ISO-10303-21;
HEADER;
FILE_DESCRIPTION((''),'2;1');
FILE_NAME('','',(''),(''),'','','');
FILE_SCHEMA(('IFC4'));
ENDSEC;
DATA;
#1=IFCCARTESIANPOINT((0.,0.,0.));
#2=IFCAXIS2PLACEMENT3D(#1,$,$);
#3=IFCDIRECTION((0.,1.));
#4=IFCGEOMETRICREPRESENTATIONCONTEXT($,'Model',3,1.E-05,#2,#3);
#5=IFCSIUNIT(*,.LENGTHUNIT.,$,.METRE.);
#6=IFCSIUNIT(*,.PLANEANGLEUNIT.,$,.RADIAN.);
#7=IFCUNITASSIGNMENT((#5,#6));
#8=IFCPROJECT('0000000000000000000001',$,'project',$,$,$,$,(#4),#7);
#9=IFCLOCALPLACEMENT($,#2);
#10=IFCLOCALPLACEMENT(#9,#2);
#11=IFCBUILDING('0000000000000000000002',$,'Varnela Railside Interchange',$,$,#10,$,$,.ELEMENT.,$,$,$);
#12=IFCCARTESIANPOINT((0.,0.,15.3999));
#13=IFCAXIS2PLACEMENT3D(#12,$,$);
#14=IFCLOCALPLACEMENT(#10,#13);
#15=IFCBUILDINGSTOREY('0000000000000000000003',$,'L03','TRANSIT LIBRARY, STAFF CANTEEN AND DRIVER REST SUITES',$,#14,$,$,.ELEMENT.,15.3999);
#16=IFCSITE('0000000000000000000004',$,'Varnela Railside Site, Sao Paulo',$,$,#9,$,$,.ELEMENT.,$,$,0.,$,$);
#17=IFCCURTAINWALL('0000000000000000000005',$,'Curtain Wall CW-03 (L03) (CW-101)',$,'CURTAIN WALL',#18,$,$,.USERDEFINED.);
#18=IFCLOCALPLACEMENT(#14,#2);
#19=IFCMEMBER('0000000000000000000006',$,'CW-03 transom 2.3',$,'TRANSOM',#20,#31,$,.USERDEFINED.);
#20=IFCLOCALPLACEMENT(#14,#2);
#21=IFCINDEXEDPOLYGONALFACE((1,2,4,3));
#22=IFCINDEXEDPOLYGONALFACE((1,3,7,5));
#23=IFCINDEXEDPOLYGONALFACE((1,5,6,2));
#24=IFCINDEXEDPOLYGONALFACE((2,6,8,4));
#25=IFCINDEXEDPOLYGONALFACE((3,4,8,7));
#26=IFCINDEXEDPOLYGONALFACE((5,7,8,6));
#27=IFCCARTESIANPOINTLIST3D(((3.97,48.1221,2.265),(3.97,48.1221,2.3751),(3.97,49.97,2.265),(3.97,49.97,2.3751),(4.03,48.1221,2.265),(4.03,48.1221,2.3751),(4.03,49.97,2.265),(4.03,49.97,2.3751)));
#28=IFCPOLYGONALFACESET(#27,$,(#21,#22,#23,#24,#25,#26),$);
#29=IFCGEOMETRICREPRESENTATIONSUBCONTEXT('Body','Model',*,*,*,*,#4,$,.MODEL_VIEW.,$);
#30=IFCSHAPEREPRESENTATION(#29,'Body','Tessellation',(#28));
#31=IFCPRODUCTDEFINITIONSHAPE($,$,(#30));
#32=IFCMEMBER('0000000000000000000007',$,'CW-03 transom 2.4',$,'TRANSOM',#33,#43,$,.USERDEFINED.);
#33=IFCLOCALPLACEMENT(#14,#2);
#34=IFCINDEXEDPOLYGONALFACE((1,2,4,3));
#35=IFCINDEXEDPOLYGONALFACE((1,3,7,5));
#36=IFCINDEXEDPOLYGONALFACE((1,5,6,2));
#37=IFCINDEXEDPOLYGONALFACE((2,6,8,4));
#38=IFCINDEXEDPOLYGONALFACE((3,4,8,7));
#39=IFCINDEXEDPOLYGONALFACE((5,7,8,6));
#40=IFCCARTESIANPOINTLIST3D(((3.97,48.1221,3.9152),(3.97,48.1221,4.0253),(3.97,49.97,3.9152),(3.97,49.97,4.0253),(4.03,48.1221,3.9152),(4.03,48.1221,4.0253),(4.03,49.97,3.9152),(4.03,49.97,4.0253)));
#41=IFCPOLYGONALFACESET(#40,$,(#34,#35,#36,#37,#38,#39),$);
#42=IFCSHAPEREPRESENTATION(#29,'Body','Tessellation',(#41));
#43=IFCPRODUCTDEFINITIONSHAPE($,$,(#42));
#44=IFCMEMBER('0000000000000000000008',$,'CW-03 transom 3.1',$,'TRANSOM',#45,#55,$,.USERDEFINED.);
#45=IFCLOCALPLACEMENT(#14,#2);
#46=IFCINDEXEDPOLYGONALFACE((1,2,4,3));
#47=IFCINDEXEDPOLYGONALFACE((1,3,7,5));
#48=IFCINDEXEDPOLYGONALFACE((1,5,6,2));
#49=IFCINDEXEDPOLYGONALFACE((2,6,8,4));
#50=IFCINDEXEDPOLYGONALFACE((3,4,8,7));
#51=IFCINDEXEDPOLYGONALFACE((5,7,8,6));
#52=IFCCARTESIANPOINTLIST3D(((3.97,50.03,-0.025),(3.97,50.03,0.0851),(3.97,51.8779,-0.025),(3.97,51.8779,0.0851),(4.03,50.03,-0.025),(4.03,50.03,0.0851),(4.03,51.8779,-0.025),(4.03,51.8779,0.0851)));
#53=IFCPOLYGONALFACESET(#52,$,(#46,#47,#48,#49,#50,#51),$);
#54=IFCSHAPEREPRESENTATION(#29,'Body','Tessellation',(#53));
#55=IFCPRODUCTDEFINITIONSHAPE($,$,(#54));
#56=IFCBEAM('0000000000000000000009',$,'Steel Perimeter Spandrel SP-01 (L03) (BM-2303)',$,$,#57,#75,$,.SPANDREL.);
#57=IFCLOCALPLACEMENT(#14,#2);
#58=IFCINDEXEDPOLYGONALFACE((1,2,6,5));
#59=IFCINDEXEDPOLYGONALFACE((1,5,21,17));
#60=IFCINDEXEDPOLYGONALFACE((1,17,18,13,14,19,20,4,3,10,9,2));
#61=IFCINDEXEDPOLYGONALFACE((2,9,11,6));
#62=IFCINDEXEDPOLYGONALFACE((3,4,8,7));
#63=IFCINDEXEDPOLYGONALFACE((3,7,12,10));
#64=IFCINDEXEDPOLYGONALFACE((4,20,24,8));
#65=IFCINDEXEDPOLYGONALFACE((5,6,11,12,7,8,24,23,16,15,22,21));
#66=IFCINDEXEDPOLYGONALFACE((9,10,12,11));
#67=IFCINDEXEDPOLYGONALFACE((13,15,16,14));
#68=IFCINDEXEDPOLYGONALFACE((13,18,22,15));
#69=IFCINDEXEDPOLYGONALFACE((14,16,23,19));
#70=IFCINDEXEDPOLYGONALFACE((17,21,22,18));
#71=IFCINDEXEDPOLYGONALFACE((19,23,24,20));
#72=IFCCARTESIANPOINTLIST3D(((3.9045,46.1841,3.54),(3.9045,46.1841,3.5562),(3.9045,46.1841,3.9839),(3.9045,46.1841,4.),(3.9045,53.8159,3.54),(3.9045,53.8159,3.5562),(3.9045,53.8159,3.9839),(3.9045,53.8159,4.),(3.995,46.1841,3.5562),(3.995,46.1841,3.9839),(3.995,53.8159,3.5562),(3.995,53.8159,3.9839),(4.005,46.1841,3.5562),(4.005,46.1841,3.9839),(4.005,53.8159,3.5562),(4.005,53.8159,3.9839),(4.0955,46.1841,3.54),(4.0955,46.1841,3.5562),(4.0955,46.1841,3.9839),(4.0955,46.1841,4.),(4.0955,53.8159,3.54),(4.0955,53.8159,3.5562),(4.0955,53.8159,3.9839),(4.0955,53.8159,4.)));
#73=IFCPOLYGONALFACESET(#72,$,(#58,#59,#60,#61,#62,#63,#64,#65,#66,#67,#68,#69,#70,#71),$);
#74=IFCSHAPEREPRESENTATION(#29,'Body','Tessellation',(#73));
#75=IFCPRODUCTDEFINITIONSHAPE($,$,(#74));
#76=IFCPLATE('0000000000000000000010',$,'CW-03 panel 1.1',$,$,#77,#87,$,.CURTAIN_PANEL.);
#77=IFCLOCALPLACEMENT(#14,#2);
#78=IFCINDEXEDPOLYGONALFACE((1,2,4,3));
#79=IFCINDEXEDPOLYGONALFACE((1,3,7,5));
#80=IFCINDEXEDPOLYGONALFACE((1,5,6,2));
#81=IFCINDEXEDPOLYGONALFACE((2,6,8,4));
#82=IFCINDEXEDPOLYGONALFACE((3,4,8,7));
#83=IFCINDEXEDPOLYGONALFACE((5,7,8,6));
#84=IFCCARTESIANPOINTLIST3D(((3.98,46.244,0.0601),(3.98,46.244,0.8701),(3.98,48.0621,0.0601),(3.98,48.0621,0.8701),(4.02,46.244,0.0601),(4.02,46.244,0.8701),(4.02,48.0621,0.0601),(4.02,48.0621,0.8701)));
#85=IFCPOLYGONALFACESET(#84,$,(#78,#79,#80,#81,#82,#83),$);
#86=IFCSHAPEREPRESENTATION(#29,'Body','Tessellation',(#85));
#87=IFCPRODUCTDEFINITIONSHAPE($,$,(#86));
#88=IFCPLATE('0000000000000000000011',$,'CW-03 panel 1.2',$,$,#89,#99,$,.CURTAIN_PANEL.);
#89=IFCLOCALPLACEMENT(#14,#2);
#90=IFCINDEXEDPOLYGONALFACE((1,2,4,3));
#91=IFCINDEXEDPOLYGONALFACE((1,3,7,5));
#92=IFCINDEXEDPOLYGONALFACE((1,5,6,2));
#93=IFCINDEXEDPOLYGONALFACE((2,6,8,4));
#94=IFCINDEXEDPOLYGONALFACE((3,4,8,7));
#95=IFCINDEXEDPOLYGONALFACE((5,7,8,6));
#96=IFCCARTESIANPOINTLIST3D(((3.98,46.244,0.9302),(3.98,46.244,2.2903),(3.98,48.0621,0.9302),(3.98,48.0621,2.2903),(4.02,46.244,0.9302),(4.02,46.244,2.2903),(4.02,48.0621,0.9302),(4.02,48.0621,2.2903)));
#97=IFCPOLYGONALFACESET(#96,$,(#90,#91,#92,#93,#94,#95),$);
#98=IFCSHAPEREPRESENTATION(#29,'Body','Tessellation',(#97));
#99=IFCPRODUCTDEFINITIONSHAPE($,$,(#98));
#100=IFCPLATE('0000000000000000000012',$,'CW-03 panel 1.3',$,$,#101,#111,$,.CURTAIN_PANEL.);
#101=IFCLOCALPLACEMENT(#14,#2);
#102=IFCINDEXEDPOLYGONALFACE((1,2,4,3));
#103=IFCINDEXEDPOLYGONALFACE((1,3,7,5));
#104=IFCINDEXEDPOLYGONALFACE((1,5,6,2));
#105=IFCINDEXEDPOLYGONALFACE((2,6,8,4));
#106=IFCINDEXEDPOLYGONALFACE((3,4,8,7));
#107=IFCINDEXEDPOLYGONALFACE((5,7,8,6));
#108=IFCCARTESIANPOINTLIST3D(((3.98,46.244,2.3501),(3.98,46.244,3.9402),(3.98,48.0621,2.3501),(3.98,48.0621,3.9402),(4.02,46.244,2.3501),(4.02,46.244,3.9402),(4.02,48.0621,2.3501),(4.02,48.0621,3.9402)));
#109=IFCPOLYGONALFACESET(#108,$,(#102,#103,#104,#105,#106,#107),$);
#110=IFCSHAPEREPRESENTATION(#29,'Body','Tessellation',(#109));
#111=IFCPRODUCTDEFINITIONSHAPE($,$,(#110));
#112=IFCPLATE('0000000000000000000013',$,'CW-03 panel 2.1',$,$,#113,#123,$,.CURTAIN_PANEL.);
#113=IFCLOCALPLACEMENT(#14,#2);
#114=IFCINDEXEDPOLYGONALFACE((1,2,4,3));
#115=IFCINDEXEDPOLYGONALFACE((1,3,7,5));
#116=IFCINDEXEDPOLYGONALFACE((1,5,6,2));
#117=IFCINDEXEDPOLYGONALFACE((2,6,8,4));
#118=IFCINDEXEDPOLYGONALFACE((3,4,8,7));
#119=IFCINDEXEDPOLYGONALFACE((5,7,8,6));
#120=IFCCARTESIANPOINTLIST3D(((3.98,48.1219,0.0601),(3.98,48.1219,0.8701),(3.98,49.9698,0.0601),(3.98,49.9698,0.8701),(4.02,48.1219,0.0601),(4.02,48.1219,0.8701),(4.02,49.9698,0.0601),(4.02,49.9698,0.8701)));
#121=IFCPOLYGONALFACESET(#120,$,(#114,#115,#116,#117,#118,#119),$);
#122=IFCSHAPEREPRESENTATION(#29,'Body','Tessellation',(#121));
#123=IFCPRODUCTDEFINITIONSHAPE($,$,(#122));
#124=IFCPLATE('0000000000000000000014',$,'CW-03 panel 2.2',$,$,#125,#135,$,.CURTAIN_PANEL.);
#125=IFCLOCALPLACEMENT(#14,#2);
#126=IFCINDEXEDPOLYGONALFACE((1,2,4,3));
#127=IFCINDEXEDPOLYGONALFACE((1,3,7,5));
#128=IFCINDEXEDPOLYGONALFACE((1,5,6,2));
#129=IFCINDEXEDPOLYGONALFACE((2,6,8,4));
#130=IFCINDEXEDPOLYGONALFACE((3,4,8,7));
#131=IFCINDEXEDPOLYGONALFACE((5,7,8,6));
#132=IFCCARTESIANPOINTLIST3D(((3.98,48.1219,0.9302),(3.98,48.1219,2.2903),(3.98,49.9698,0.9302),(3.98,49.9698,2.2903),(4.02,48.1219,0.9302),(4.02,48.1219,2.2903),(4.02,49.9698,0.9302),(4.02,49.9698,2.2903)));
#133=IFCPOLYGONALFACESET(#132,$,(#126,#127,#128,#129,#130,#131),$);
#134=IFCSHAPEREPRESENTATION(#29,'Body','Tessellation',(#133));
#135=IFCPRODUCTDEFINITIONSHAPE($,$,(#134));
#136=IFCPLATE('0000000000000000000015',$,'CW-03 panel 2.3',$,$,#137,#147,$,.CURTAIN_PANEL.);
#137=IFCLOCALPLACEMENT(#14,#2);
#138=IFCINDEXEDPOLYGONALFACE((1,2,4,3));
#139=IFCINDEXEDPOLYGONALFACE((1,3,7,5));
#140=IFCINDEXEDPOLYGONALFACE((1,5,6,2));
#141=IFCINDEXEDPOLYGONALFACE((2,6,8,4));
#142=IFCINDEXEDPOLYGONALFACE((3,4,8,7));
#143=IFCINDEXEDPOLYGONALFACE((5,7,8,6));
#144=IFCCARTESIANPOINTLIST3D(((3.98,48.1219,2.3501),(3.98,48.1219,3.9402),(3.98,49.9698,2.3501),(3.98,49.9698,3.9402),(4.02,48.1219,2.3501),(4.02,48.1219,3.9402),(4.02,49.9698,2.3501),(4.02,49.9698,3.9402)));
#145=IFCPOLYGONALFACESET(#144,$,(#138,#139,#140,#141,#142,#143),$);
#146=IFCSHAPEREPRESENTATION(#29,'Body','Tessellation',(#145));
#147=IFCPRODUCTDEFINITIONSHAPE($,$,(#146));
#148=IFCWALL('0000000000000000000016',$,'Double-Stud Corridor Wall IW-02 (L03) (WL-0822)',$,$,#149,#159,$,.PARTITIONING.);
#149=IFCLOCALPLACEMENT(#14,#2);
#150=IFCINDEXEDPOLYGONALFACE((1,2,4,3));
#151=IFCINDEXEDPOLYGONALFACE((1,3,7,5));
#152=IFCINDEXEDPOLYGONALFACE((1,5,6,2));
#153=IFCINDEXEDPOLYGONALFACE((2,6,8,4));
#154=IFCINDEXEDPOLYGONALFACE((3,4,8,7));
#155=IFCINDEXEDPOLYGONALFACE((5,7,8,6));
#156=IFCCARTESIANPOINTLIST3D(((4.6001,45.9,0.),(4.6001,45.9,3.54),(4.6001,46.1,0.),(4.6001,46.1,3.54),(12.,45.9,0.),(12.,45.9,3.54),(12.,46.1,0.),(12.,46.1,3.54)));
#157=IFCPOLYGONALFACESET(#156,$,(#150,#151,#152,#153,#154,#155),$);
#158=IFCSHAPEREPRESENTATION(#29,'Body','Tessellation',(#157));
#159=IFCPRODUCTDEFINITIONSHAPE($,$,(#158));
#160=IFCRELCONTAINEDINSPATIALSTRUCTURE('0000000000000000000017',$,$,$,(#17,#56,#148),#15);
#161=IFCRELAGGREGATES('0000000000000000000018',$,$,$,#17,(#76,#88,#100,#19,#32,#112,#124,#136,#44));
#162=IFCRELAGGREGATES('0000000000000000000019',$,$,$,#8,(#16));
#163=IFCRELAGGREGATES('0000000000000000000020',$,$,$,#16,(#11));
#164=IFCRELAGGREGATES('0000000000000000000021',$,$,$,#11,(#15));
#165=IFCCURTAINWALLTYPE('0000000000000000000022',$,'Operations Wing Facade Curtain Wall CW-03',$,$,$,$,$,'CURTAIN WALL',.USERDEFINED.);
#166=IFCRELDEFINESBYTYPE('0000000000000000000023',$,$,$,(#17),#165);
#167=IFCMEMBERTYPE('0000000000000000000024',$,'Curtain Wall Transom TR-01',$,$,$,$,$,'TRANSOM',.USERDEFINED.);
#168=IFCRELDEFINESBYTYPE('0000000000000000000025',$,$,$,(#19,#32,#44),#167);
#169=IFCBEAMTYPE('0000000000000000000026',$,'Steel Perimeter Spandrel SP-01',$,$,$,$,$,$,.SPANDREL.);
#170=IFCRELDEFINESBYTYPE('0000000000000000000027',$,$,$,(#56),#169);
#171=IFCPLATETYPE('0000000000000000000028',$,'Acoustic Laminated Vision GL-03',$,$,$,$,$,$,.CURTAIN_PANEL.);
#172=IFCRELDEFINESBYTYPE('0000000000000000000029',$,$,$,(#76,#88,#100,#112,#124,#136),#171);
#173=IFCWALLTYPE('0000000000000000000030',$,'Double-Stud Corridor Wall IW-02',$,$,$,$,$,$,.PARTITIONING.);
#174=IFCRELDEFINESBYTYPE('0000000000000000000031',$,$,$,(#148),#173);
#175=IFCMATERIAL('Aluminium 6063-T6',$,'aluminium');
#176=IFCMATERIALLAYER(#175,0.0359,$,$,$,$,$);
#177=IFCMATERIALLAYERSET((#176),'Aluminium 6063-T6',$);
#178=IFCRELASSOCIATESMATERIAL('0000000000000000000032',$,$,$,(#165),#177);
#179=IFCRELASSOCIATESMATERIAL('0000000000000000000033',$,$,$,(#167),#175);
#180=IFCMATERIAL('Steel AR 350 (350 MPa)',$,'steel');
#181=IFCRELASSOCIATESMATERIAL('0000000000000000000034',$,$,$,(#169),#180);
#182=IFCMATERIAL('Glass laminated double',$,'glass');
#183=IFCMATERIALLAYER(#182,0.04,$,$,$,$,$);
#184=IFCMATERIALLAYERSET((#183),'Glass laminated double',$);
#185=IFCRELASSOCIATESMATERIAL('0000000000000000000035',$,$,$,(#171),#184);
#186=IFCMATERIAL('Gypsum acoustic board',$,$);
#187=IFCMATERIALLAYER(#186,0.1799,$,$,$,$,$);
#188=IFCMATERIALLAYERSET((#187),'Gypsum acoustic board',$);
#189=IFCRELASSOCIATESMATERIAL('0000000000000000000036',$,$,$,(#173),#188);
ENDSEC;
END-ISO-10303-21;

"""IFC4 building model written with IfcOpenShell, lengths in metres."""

from ifc_helpers import new_model, si_unit, direction, frame, frame_2d, origin, origin_2d, place, context, subcontext, project, spatial, rectangle, i_section, extrude, material, layer, layer_set, material_profile, profile_set, type_object, element, aggregate, save


model = new_model("IFC4")

# Units and contexts
model_context = context("Model", 3, precision=1e-05, world=origin(), true_north=direction((0.0, 1.0)))
body_context = subcontext(model_context, "Body", "Model", "MODEL_VIEW")
ifc_project = project(units=[si_unit("LENGTHUNIT", "METRE"), si_unit("PLANEANGLEUNIT", "RADIAN")], contexts=[model_context])

# Site, building, storey
site_placement = place(None, origin())
site = spatial("IfcSite", under=ifc_project, at=site_placement, Name="Varnela Railside Site, Sao Paulo", CompositionType="ELEMENT", RefElevation=0.0)
building_placement = place(site_placement, origin())
building = spatial("IfcBuilding", under=site, at=building_placement, Name="Varnela Railside Interchange", CompositionType="ELEMENT")
storey_placement = place(building_placement, frame((0.0, 0.0, 15.3999)))
storey = spatial("IfcBuildingStorey", under=building, at=storey_placement, Name="L03", Description="TRANSIT LIBRARY, STAFF CANTEEN AND DRIVER REST SUITES", CompositionType="ELEMENT", Elevation=15.3999)

# Shared definitions
ifc_material_1 = material(Name="Steel AR 350 (350 MPa)", Category="steel")

# Curtain wall, members
ifc_material_2 = material(Name="Aluminium 6063-T6", Category="aluminium")
ifc_layer_1 = layer(ifc_material_2, 0.0359)
ifc_layer_set_1 = layer_set([ifc_layer_1], Name="Aluminium 6063-T6")
curtain_wall_type = type_object("IfcCurtainWallType", Name="Operations Wing Facade Curtain Wall CW-03", ElementType="CURTAIN WALL", PredefinedType="USERDEFINED", material=ifc_layer_set_1)
curtain_wall_placement = place(storey_placement, origin())
curtain_wall = element("IfcCurtainWall", 1, at=curtain_wall_placement, inside=storey, type_object=curtain_wall_type, Name="Curtain Wall CW-03 (L03) (CW-101)", ObjectType="CURTAIN WALL", PredefinedType="USERDEFINED")
ifc_material_profile_1 = material_profile(ifc_material_2, rectangle(XDim=0.0601, YDim=0.1101, at=origin_2d()), Name="ALU 60x110")
ifc_profile_set_1 = profile_set([ifc_material_profile_1], Name="Aluminium 6063-T6")
member_type_1 = type_object("IfcMemberType", Name="Curtain Wall Transom TR-01", ElementType="TRANSOM", PredefinedType="USERDEFINED", material=ifc_profile_set_1)
member_1_placement = place(storey_placement, frame((4.0, 48.1221, 2.3201), z_axis=(0.0, 1.0, 0.0), x_axis=(-1.0, 0.0, 0.0)))
member_1 = element("IfcMember", 2, at=member_1_placement, type_object=member_type_1, Name="CW-03 transom 2.3", ObjectType="TRANSOM", PredefinedType="USERDEFINED", context=body_context, shape_type="SweptSolid", body=[
    extrude(rectangle(XDim=0.0601, YDim=0.1101, at=origin_2d()), origin(), (0.0, 0.0, 1.0), 1.8479),
])
member_2_placement = place(storey_placement, frame((4.0, 48.1221, 3.9702), z_axis=(0.0, 1.0, 0.0), x_axis=(-1.0, 0.0, 0.0)))
member_2 = element("IfcMember", 3, at=member_2_placement, type_object=member_type_1, Name="CW-03 transom 2.4", ObjectType="TRANSOM", PredefinedType="USERDEFINED", context=body_context, shape_type="SweptSolid", body=[
    extrude(rectangle(XDim=0.0601, YDim=0.1101, at=origin_2d()), origin(), (0.0, 0.0, 1.0), 1.8479),
])
member_3_placement = place(storey_placement, frame((4.0, 50.03, 0.03), z_axis=(0.0, 1.0, 0.0), x_axis=(-1.0, 0.0, 0.0)))
member_3 = element("IfcMember", 4, at=member_3_placement, type_object=member_type_1, Name="CW-03 transom 3.1", ObjectType="TRANSOM", PredefinedType="USERDEFINED", context=body_context, shape_type="SweptSolid", body=[
    extrude(rectangle(XDim=0.0601, YDim=0.1101, at=origin_2d()), origin(), (0.0, 0.0, 1.0), 1.8479),
])

# Beam
ifc_material_profile_2 = material_profile(ifc_material_1, i_section(OverallWidth=0.1909, OverallDepth=0.46, WebThickness=0.01, FlangeThickness=0.0161, at=origin_2d()), Name="W460x82")
ifc_profile_set_2 = profile_set([ifc_material_profile_2], Name="Steel AR 350 (350 MPa)")
beam_type_1 = type_object("IfcBeamType", Name="Steel Perimeter Spandrel SP-01", PredefinedType="SPANDREL", material=ifc_profile_set_2)
beam_1_placement = place(storey_placement, frame((4.0, 46.1841, 3.77), z_axis=(0.0, 1.0, 0.0), x_axis=(-1.0, 0.0, 0.0)))
element("IfcBeam", 5, at=beam_1_placement, inside=storey, type_object=beam_type_1, Name="Steel Perimeter Spandrel SP-01 (L03) (BM-2303)", PredefinedType="SPANDREL", context=body_context, shape_type="SweptSolid", body=[
    extrude(i_section(OverallWidth=0.1909, OverallDepth=0.46, WebThickness=0.01, FlangeThickness=0.0161, at=origin_2d()), origin(), (0.0, 0.0, 1.0), 7.6318),
])

# Plates
ifc_material_3 = material(Name="Glass laminated double", Category="glass")
ifc_layer_2 = layer(ifc_material_3, 0.04)
ifc_layer_set_2 = layer_set([ifc_layer_2], Name="Glass laminated double")
plate_type = type_object("IfcPlateType", Name="Acoustic Laminated Vision GL-03", PredefinedType="CURTAIN_PANEL", material=ifc_layer_set_2)
plate_1_placement = place(storey_placement, frame((4.0, 47.1531, 0.0601), z_axis=(0.0, 0.0, 1.0), x_axis=(0.0, 1.0, 0.0)))
plate_1 = element("IfcPlate", 6, at=plate_1_placement, type_object=plate_type, Name="CW-03 panel 1.1", PredefinedType="CURTAIN_PANEL", context=body_context, shape_type="SweptSolid", body=[
    extrude(rectangle(XDim=1.8181, YDim=0.04, at=origin_2d()), origin(), (0.0, 0.0, 1.0), 0.8101),
])
plate_2_placement = place(storey_placement, frame((4.0, 47.1531, 0.9302), z_axis=(0.0, 0.0, 1.0), x_axis=(0.0, 1.0, 0.0)))
plate_2 = element("IfcPlate", 7, at=plate_2_placement, type_object=plate_type, Name="CW-03 panel 1.2", PredefinedType="CURTAIN_PANEL", context=body_context, shape_type="SweptSolid", body=[
    extrude(rectangle(XDim=1.8181, YDim=0.04, at=origin_2d()), origin(), (0.0, 0.0, 1.0), 1.3601),
])
plate_3_placement = place(storey_placement, frame((4.0, 47.1531, 2.3501), z_axis=(0.0, 0.0, 1.0), x_axis=(0.0, 1.0, 0.0)))
plate_3 = element("IfcPlate", 8, at=plate_3_placement, type_object=plate_type, Name="CW-03 panel 1.3", PredefinedType="CURTAIN_PANEL", context=body_context, shape_type="SweptSolid", body=[
    extrude(rectangle(XDim=1.8181, YDim=0.04, at=origin_2d()), origin(), (0.0, 0.0, 1.0), 1.5901),
])
plate_4_placement = place(storey_placement, frame((4.0, 49.0459, 0.0601), z_axis=(0.0, 0.0, 1.0), x_axis=(0.0, 1.0, 0.0)))
plate_4 = element("IfcPlate", 9, at=plate_4_placement, type_object=plate_type, Name="CW-03 panel 2.1", PredefinedType="CURTAIN_PANEL", context=body_context, shape_type="SweptSolid", body=[
    extrude(rectangle(XDim=1.8479, YDim=0.04, at=origin_2d()), origin(), (0.0, 0.0, 1.0), 0.8101),
])
plate_5_placement = place(storey_placement, frame((4.0, 49.0459, 0.9302), z_axis=(0.0, 0.0, 1.0), x_axis=(0.0, 1.0, 0.0)))
plate_5 = element("IfcPlate", 10, at=plate_5_placement, type_object=plate_type, Name="CW-03 panel 2.2", PredefinedType="CURTAIN_PANEL", context=body_context, shape_type="SweptSolid", body=[
    extrude(rectangle(XDim=1.8479, YDim=0.04, at=origin_2d()), origin(), (0.0, 0.0, 1.0), 1.3601),
])
plate_6_placement = place(storey_placement, frame((4.0, 49.0459, 2.3501), z_axis=(0.0, 0.0, 1.0), x_axis=(0.0, 1.0, 0.0)))
plate_6 = element("IfcPlate", 11, at=plate_6_placement, type_object=plate_type, Name="CW-03 panel 2.3", PredefinedType="CURTAIN_PANEL", context=body_context, shape_type="SweptSolid", body=[
    extrude(rectangle(XDim=1.8479, YDim=0.04, at=origin_2d()), origin(), (0.0, 0.0, 1.0), 1.5901),
])
aggregate(curtain_wall, [plate_1, plate_2, plate_3, member_1, member_2, plate_4, plate_5, plate_6, member_3])

# Wall
ifc_material_4 = material(Name="Gypsum acoustic board")
ifc_layer_3 = layer(ifc_material_4, 0.1799)
ifc_layer_set_3 = layer_set([ifc_layer_3], Name="Gypsum acoustic board")
wall_type = type_object("IfcWallType", Name="Double-Stud Corridor Wall IW-02", PredefinedType="PARTITIONING", material=ifc_layer_set_3)
wall_placement = place(storey_placement, frame((4.6001, 46.0, 0.0), z_axis=(0.0, 0.0, 1.0), x_axis=(1.0, 0.0, 0.0)))
element("IfcWall", 12, at=wall_placement, inside=storey, type_object=wall_type, Name="Double-Stud Corridor Wall IW-02 (L03) (WL-0822)", PredefinedType="PARTITIONING", context=body_context, shape_type="SweptSolid", body=[
    extrude(rectangle(XDim=7.3999, YDim=0.2, at=frame_2d((3.7, 0.0))), origin(), (0.0, 0.0, 1.0), 3.54),
])

save(model, "model.ifc")
